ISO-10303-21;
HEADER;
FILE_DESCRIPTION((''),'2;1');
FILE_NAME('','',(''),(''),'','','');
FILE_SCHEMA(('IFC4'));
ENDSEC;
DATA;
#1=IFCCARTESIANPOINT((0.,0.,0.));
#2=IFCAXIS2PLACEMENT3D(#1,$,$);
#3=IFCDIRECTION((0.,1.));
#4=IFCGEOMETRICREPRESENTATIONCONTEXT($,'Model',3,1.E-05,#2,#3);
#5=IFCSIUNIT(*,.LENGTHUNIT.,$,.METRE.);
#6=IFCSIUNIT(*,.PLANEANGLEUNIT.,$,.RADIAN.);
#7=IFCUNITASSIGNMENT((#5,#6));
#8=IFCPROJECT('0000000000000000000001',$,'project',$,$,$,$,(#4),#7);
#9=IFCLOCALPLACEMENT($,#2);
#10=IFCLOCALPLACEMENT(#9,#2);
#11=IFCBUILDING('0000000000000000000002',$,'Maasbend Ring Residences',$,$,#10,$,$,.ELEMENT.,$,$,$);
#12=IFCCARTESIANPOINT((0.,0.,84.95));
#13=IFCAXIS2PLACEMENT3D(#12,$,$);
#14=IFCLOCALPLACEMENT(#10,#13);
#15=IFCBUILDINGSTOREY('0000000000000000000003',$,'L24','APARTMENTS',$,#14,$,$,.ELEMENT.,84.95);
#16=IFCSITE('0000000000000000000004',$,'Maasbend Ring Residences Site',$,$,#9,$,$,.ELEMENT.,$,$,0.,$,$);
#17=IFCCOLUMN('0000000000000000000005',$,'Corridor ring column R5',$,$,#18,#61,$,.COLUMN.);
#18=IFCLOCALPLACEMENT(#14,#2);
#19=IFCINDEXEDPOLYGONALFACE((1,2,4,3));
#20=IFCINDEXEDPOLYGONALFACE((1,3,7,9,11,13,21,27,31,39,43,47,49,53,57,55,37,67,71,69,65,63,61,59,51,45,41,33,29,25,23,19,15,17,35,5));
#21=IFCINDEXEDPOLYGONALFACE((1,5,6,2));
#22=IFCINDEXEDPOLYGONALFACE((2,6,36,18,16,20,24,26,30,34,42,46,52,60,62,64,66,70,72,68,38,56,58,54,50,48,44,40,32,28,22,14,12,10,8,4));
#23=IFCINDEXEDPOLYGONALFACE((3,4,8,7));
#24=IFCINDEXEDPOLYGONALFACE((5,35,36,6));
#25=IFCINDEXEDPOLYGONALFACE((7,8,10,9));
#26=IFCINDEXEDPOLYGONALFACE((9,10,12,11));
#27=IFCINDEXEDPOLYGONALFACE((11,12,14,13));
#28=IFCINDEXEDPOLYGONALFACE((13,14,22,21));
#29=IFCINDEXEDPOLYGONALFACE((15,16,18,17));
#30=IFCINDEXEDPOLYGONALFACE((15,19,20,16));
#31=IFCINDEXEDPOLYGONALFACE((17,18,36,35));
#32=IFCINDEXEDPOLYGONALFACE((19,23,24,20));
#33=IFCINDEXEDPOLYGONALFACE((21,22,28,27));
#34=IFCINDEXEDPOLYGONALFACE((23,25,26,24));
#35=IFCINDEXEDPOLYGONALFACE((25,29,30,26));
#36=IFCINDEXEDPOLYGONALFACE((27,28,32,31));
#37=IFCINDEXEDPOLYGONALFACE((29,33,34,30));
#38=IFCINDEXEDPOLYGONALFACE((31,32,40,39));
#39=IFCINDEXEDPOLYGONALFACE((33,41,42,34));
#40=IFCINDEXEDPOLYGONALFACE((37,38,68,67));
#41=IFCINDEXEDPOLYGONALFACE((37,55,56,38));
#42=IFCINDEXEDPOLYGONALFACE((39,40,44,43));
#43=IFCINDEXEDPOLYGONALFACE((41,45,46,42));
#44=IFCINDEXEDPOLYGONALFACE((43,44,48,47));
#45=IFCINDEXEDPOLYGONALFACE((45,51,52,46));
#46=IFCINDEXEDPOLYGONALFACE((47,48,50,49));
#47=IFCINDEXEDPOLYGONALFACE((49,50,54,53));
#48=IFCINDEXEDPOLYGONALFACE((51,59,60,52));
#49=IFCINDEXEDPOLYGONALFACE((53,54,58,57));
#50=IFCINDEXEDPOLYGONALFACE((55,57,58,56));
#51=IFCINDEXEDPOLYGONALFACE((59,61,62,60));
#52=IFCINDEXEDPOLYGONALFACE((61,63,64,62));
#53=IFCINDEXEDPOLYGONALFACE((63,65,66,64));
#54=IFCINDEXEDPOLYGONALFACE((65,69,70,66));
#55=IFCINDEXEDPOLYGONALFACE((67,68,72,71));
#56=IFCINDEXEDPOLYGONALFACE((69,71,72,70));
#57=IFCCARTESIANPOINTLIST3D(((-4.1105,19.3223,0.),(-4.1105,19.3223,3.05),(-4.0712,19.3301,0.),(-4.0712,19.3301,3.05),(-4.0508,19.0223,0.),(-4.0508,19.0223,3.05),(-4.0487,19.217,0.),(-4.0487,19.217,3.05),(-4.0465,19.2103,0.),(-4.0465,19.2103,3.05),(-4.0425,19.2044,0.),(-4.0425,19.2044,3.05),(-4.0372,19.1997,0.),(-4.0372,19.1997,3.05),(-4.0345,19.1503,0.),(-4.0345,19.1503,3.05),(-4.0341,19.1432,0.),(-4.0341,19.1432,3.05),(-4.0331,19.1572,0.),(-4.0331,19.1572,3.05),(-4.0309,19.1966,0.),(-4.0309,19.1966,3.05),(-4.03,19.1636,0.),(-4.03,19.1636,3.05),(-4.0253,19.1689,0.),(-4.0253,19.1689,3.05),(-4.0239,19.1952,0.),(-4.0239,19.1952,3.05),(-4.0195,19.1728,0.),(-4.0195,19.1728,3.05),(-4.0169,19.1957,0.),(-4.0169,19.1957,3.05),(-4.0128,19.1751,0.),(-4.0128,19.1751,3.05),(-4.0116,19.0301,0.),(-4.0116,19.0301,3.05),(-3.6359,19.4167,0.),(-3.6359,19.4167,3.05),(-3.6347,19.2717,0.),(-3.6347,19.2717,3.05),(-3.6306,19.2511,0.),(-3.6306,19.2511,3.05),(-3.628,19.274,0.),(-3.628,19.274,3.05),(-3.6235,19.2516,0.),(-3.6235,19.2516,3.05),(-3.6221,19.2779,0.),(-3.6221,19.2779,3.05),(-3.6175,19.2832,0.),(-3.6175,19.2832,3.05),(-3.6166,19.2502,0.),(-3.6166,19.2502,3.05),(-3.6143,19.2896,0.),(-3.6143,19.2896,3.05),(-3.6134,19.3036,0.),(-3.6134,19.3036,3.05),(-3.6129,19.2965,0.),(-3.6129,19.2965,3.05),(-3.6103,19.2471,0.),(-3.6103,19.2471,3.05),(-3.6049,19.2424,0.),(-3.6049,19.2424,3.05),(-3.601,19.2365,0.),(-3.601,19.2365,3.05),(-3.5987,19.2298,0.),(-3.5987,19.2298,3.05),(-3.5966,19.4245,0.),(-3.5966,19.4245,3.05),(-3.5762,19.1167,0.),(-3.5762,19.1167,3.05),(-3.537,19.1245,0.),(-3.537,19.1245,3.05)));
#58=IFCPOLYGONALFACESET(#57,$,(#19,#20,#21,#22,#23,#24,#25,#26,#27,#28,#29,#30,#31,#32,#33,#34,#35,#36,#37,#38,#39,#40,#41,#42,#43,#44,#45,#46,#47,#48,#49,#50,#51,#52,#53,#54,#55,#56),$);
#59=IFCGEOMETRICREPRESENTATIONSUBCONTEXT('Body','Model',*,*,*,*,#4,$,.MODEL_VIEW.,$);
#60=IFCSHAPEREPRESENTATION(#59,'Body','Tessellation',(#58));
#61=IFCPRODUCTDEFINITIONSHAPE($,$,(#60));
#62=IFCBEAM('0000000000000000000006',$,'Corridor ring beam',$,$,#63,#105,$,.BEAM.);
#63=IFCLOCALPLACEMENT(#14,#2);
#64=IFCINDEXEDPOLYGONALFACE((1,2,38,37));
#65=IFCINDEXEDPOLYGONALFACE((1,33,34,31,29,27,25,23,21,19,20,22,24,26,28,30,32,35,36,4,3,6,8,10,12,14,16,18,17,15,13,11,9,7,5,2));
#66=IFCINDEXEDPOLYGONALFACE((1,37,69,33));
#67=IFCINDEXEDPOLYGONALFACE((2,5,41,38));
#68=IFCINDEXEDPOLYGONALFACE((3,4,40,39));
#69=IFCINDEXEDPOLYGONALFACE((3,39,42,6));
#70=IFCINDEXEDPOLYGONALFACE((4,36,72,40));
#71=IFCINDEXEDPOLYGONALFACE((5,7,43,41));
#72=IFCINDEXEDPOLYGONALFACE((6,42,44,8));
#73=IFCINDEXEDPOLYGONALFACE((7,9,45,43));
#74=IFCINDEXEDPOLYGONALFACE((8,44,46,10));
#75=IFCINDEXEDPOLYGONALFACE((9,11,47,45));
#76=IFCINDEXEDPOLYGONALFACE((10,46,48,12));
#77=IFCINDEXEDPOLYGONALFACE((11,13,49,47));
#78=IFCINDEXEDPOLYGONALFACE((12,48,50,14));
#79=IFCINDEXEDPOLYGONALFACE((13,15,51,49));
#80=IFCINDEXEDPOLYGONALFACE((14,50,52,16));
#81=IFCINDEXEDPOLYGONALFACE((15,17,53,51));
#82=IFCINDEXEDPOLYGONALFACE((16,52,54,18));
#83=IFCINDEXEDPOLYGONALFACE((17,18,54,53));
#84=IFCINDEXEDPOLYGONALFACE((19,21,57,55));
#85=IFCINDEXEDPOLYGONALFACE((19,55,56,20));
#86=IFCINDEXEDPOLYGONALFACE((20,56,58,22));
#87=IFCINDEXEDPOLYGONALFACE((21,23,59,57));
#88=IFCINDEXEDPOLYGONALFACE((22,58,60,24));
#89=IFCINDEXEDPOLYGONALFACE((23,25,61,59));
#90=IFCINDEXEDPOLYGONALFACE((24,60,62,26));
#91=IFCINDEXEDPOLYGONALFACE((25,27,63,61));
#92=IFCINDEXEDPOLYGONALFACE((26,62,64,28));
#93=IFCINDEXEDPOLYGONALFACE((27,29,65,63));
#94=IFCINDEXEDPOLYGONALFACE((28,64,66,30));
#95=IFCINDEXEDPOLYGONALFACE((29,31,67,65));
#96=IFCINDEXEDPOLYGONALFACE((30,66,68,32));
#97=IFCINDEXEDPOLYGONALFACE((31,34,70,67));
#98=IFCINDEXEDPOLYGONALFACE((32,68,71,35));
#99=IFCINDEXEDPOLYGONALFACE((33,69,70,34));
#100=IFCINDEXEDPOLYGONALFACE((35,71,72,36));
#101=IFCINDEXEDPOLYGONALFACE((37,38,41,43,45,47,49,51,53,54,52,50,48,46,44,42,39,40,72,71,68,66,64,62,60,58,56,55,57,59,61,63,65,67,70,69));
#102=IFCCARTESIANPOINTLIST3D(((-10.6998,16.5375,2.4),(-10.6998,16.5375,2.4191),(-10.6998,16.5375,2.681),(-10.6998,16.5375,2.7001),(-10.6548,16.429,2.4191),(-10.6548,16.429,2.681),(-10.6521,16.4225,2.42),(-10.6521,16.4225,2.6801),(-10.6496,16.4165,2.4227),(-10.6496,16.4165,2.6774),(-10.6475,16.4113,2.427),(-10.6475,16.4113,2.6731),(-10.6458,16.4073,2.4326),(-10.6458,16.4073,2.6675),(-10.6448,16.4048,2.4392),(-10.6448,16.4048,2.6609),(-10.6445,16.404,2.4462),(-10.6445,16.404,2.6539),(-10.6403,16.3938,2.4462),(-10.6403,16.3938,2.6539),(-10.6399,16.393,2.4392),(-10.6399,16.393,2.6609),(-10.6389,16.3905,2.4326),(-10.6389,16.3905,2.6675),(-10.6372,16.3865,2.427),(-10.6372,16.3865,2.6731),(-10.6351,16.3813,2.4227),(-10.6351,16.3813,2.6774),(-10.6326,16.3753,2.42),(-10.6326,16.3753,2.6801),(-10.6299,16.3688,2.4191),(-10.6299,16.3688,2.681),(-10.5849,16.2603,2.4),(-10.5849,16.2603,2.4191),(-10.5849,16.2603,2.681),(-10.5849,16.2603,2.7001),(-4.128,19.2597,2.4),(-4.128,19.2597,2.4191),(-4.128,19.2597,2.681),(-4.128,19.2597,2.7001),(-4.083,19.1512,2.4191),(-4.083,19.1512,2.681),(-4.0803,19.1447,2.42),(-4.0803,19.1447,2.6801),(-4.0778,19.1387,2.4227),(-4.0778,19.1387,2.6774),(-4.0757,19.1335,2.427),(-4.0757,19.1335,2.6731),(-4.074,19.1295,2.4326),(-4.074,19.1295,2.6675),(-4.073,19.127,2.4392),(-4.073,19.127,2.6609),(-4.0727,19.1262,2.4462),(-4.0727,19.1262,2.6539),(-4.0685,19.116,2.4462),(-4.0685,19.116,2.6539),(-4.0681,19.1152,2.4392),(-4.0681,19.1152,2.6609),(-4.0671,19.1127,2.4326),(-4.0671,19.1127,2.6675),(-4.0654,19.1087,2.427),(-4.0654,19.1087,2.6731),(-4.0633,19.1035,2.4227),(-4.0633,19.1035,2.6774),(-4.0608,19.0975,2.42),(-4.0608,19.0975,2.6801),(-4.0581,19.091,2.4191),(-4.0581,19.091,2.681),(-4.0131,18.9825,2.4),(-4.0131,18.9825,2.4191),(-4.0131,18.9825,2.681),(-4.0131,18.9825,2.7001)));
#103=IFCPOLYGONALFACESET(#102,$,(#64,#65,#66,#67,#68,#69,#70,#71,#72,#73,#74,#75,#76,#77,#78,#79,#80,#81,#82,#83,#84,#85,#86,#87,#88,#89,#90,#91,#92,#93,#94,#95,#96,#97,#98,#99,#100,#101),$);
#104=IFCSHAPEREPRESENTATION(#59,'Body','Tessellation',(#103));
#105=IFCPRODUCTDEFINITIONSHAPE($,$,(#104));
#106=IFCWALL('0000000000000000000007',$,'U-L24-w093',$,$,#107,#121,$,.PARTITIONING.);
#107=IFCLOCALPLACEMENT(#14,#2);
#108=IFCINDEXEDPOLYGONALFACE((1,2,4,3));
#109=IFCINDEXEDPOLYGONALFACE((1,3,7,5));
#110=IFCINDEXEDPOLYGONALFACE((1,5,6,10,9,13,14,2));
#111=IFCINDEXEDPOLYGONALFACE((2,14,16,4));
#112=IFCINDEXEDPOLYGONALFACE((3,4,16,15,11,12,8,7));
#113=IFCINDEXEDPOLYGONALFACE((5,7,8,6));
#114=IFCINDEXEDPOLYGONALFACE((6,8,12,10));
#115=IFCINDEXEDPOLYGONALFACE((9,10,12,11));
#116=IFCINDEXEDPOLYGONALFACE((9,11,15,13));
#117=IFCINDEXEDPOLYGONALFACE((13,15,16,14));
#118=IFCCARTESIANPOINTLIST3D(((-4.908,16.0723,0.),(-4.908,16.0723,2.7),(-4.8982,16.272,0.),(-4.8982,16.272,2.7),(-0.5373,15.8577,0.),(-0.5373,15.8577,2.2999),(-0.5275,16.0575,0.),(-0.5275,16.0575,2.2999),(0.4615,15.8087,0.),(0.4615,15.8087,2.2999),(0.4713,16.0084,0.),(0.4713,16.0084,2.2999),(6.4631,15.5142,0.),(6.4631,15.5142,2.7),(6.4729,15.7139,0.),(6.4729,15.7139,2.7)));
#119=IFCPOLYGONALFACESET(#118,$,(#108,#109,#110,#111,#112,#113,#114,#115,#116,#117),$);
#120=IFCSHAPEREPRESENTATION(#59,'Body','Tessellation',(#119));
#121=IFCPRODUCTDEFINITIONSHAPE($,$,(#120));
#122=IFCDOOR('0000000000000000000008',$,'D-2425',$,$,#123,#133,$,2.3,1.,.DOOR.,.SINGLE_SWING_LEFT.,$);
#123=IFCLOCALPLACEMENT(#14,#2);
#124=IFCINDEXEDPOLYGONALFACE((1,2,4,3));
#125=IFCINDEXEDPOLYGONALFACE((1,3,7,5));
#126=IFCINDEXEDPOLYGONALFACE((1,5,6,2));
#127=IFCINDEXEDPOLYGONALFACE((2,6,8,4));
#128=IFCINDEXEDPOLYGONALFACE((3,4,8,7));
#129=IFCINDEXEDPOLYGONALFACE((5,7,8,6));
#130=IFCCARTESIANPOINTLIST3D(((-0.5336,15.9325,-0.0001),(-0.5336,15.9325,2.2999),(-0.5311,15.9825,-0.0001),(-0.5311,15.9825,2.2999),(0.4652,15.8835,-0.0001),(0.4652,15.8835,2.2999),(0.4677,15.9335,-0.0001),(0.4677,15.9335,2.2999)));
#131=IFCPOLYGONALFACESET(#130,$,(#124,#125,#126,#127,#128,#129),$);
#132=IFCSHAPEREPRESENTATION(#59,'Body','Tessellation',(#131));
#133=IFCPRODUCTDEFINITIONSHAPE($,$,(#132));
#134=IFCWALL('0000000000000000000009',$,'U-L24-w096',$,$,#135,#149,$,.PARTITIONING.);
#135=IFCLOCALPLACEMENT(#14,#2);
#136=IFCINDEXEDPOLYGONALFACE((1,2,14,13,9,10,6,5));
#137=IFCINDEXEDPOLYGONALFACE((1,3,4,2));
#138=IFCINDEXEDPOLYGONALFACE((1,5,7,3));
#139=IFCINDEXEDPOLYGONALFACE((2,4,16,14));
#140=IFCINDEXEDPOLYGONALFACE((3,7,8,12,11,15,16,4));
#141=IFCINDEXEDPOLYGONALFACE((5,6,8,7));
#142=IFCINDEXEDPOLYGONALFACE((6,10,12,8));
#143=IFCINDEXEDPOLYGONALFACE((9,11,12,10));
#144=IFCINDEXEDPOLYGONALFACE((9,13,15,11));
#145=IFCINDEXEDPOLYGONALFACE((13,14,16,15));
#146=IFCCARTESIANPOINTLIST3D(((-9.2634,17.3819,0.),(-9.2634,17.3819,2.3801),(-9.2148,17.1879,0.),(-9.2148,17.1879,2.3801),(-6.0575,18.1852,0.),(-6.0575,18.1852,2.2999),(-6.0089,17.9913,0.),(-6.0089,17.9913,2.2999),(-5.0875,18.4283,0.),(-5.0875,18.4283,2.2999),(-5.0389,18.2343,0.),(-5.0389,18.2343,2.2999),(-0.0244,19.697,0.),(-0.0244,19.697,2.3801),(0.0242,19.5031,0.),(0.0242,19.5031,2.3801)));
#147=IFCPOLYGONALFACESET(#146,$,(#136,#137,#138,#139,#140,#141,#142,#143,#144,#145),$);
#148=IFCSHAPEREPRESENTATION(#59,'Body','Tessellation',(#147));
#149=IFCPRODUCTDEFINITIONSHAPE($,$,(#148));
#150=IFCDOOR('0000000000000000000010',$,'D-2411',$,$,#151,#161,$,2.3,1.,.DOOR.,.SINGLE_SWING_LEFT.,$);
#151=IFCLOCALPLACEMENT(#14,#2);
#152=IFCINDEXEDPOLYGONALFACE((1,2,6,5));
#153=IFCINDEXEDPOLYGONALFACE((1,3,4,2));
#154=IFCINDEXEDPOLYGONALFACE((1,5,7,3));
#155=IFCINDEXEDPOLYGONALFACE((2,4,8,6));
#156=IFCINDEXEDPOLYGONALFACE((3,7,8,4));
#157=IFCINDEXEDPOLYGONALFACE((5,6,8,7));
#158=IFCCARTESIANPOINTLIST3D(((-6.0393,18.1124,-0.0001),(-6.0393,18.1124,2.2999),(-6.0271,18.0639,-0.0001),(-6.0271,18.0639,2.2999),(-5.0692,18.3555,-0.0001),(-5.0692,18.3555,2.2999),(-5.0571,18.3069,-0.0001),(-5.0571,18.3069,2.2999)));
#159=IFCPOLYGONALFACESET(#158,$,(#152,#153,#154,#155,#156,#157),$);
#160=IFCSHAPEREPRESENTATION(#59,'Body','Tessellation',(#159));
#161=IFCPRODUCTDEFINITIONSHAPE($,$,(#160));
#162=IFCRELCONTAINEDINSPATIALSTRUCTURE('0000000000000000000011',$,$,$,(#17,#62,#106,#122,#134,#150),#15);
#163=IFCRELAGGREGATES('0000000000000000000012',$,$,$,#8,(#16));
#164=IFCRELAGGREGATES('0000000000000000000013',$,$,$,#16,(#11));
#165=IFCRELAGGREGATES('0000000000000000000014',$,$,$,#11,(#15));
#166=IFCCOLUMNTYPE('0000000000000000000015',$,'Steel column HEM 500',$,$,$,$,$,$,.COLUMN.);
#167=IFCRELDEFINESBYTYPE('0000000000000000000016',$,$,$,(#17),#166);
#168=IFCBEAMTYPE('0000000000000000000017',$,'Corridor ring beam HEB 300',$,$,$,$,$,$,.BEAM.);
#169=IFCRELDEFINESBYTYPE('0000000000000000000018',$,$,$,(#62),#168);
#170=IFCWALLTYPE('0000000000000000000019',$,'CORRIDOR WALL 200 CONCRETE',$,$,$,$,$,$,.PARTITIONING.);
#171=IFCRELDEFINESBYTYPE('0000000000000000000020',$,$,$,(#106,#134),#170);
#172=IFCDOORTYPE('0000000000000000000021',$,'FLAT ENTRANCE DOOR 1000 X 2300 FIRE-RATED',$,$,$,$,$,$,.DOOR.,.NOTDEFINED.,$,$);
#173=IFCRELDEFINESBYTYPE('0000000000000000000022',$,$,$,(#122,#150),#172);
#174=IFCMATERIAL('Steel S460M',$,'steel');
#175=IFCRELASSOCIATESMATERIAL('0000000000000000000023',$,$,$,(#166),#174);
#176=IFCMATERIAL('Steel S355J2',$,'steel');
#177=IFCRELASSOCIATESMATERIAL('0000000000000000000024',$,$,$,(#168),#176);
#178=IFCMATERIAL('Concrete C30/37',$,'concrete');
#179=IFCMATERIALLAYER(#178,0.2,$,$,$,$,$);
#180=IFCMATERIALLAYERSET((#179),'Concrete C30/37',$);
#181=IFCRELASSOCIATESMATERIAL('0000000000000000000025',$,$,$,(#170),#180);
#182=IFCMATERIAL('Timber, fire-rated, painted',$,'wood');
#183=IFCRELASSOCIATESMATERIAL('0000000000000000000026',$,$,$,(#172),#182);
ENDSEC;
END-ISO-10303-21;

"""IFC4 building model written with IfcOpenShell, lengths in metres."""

from ifc_helpers import new_model, si_unit, direction, frame, frame_2d, origin, origin_2d, place, context, subcontext, project, spatial, rectangle, i_section, extrude, material, layer, layer_set, material_profile, profile_set, type_object, element, fill, save


model = new_model("IFC4")

# Units and contexts
model_context = context("Model", 3, precision=1e-05, world=origin(), true_north=direction((0.0, 1.0)))
body_context = subcontext(model_context, "Body", "Model", "MODEL_VIEW")
ifc_project = project(units=[si_unit("LENGTHUNIT", "METRE"), si_unit("PLANEANGLEUNIT", "RADIAN")], contexts=[model_context])

# Site, building, storey
site_placement = place(None, origin())
site = spatial("IfcSite", under=ifc_project, at=site_placement, Name="Maasbend Ring Residences Site", CompositionType="ELEMENT", RefElevation=0.0)
building_placement = place(site_placement, origin())
building = spatial("IfcBuilding", under=site, at=building_placement, Name="Maasbend Ring Residences", CompositionType="ELEMENT")
storey_placement = place(building_placement, frame((0.0, 0.0, 84.95)))
storey = spatial("IfcBuildingStorey", under=building, at=storey_placement, Name="L24", Description="APARTMENTS", CompositionType="ELEMENT", Elevation=84.95)

# Column
ifc_material_1 = material(Name="Steel S460M", Category="steel")
ifc_material_profile_1 = material_profile(ifc_material_1, i_section(OverallWidth=0.3059, OverallDepth=0.5239, WebThickness=0.021, FlangeThickness=0.04, FilletRadius=0.0271, at=origin_2d()), Name="HEM 500")
ifc_profile_set_1 = profile_set([ifc_material_profile_1], Name="Steel S460M")
column_type = type_object("IfcColumnType", Name="Steel column HEM 500", PredefinedType="COLUMN", material=ifc_profile_set_1)
column_placement = place(storey_placement, frame((-3.8237, 19.2234, 0.0), z_axis=(0.0, 0.0, 1.0), x_axis=(-0.19509, 0.980785, 0.0)))
element("IfcColumn", 1, at=column_placement, inside=storey, type_object=column_type, Name="Corridor ring column R5", PredefinedType="COLUMN", context=body_context, shape_type="SweptSolid", body=[
    extrude(i_section(OverallWidth=0.3059, OverallDepth=0.5239, WebThickness=0.021, FlangeThickness=0.04, FilletRadius=0.0271, at=origin_2d()), origin(), (0.0, 0.0, 1.0), 3.05),
])

# Beam
ifc_material_2 = material(Name="Steel S355J2", Category="steel")
ifc_material_profile_2 = material_profile(ifc_material_2, i_section(OverallWidth=0.3, OverallDepth=0.3, WebThickness=0.011, FlangeThickness=0.019, FilletRadius=0.0271, at=origin_2d()), Name="HEB 300")
ifc_profile_set_2 = profile_set([ifc_material_profile_2], Name="Steel S355J2")
beam_type = type_object("IfcBeamType", Name="Corridor ring beam HEB 300", PredefinedType="BEAM", material=ifc_profile_set_2)
beam_placement = place(storey_placement, frame((-4.0706, 19.1211, 2.55), z_axis=(-0.923877, -0.382689, 0.0), x_axis=(0.382689, -0.923877, 0.0)))
element("IfcBeam", 2, at=beam_placement, inside=storey, type_object=beam_type, Name="Corridor ring beam", PredefinedType="BEAM", context=body_context, shape_type="SweptSolid", body=[
    extrude(i_section(OverallWidth=0.3, OverallDepth=0.3, WebThickness=0.011, FlangeThickness=0.019, FilletRadius=0.0271, at=origin_2d()), origin(), (0.0, 0.0, 1.0), 7.1133),
])

# Walls, openings, doors
ifc_material_3 = material(Name="Concrete C30/37", Category="concrete")
ifc_layer_1 = layer(ifc_material_3, 0.2)
ifc_layer_set_1 = layer_set([ifc_layer_1], Name="Concrete C30/37")
wall_type_1 = type_object("IfcWallType", Name="CORRIDOR WALL 200 CONCRETE", PredefinedType="PARTITIONING", material=ifc_layer_set_1)
wall_1_placement = place(storey_placement, frame((-4.9031, 16.1721, 0.0), z_axis=(0.0, 0.0, 1.0), x_axis=(0.998798, -0.049022, 0.0)))
wall_1 = element("IfcWall", 3, at=wall_1_placement, inside=storey, type_object=wall_type_1, Name="U-L24-w093", PredefinedType="PARTITIONING", context=body_context, shape_type="SweptSolid", body=[
    extrude(rectangle(XDim=11.3848, YDim=0.2, at=frame_2d((5.6924, 0.0))), origin(), (0.0, 0.0, 1.0), 2.7),
])
opening_1_placement = place(wall_1_placement, frame((4.376, 0.0, 0.0)))
opening_1 = element("IfcOpeningElement", 4, at=opening_1_placement, cuts=wall_1, PredefinedType="OPENING", context=body_context, shape_type="SweptSolid", body=[
    extrude(rectangle(XDim=1.0, YDim=2.3, at=frame_2d((0.5, 1.1499))), frame((0.0, 0.1099, 0.0), z_axis=(0.0, -1.0, 0.0), x_axis=(1.0, 0.0, 0.0)), (0.0, 0.0, 1.0), 0.22),
])
ifc_material_4 = material(Name="Timber, fire-rated, painted", Category="wood")
door_type_1 = type_object("IfcDoorType", Name="FLAT ENTRANCE DOOR 1000 X 2300 FIRE-RATED", OperationType="NOTDEFINED", PredefinedType="DOOR", material=ifc_material_4)
door_1_placement = place(opening_1_placement, origin())
door_1 = element("IfcDoor", 5, at=door_1_placement, inside=storey, type_object=door_type_1, Name="D-2425", OperationType="SINGLE_SWING_LEFT", OverallHeight=2.3, OverallWidth=1.0, PredefinedType="DOOR", context=body_context, shape_type="SweptSolid", body=[
    extrude(rectangle(XDim=1.0, YDim=2.3, at=frame_2d((0.5, 1.1499))), frame((0.0, 0.0249, 0.0), z_axis=(0.0, -1.0, 0.0), x_axis=(1.0, 0.0, 0.0)), (0.0, 0.0, 1.0), 0.05),
])
fill(opening_1, door_1)
wall_2_placement = place(storey_placement, frame((-9.239, 17.2849, 0.0), z_axis=(0.0, 0.0, 1.0), x_axis=(0.970008, 0.243072, 0.0)))
wall_2 = element("IfcWall", 6, at=wall_2_placement, inside=storey, type_object=wall_type_1, Name="U-L24-w096", PredefinedType="PARTITIONING", context=body_context, shape_type="SweptSolid", body=[
    extrude(rectangle(XDim=9.5247, YDim=0.2, at=frame_2d((4.7622, 0.0))), origin(), (0.0, 0.0, 1.0), 2.3801),
])
opening_2_placement = place(wall_2_placement, frame((3.3049, 0.0, 0.0)))
opening_2 = element("IfcOpeningElement", 7, at=opening_2_placement, cuts=wall_2, PredefinedType="OPENING", context=body_context, shape_type="SweptSolid", body=[
    extrude(rectangle(XDim=1.0, YDim=2.3, at=frame_2d((0.5, 1.1499))), frame((0.0, 0.1099, 0.0), z_axis=(0.0, -1.0, 0.0), x_axis=(1.0, 0.0, 0.0)), (0.0, 0.0, 1.0), 0.22),
])
door_2_placement = place(opening_2_placement, origin())
door_2 = element("IfcDoor", 8, at=door_2_placement, inside=storey, type_object=door_type_1, Name="D-2411", OperationType="SINGLE_SWING_LEFT", OverallHeight=2.3, OverallWidth=1.0, PredefinedType="DOOR", context=body_context, shape_type="SweptSolid", body=[
    extrude(rectangle(XDim=1.0, YDim=2.3, at=frame_2d((0.5, 1.1499))), frame((0.0, 0.0249, 0.0), z_axis=(0.0, -1.0, 0.0), x_axis=(1.0, 0.0, 0.0)), (0.0, 0.0, 1.0), 0.05),
])
fill(opening_2, door_2)

save(model, "model.ifc")
